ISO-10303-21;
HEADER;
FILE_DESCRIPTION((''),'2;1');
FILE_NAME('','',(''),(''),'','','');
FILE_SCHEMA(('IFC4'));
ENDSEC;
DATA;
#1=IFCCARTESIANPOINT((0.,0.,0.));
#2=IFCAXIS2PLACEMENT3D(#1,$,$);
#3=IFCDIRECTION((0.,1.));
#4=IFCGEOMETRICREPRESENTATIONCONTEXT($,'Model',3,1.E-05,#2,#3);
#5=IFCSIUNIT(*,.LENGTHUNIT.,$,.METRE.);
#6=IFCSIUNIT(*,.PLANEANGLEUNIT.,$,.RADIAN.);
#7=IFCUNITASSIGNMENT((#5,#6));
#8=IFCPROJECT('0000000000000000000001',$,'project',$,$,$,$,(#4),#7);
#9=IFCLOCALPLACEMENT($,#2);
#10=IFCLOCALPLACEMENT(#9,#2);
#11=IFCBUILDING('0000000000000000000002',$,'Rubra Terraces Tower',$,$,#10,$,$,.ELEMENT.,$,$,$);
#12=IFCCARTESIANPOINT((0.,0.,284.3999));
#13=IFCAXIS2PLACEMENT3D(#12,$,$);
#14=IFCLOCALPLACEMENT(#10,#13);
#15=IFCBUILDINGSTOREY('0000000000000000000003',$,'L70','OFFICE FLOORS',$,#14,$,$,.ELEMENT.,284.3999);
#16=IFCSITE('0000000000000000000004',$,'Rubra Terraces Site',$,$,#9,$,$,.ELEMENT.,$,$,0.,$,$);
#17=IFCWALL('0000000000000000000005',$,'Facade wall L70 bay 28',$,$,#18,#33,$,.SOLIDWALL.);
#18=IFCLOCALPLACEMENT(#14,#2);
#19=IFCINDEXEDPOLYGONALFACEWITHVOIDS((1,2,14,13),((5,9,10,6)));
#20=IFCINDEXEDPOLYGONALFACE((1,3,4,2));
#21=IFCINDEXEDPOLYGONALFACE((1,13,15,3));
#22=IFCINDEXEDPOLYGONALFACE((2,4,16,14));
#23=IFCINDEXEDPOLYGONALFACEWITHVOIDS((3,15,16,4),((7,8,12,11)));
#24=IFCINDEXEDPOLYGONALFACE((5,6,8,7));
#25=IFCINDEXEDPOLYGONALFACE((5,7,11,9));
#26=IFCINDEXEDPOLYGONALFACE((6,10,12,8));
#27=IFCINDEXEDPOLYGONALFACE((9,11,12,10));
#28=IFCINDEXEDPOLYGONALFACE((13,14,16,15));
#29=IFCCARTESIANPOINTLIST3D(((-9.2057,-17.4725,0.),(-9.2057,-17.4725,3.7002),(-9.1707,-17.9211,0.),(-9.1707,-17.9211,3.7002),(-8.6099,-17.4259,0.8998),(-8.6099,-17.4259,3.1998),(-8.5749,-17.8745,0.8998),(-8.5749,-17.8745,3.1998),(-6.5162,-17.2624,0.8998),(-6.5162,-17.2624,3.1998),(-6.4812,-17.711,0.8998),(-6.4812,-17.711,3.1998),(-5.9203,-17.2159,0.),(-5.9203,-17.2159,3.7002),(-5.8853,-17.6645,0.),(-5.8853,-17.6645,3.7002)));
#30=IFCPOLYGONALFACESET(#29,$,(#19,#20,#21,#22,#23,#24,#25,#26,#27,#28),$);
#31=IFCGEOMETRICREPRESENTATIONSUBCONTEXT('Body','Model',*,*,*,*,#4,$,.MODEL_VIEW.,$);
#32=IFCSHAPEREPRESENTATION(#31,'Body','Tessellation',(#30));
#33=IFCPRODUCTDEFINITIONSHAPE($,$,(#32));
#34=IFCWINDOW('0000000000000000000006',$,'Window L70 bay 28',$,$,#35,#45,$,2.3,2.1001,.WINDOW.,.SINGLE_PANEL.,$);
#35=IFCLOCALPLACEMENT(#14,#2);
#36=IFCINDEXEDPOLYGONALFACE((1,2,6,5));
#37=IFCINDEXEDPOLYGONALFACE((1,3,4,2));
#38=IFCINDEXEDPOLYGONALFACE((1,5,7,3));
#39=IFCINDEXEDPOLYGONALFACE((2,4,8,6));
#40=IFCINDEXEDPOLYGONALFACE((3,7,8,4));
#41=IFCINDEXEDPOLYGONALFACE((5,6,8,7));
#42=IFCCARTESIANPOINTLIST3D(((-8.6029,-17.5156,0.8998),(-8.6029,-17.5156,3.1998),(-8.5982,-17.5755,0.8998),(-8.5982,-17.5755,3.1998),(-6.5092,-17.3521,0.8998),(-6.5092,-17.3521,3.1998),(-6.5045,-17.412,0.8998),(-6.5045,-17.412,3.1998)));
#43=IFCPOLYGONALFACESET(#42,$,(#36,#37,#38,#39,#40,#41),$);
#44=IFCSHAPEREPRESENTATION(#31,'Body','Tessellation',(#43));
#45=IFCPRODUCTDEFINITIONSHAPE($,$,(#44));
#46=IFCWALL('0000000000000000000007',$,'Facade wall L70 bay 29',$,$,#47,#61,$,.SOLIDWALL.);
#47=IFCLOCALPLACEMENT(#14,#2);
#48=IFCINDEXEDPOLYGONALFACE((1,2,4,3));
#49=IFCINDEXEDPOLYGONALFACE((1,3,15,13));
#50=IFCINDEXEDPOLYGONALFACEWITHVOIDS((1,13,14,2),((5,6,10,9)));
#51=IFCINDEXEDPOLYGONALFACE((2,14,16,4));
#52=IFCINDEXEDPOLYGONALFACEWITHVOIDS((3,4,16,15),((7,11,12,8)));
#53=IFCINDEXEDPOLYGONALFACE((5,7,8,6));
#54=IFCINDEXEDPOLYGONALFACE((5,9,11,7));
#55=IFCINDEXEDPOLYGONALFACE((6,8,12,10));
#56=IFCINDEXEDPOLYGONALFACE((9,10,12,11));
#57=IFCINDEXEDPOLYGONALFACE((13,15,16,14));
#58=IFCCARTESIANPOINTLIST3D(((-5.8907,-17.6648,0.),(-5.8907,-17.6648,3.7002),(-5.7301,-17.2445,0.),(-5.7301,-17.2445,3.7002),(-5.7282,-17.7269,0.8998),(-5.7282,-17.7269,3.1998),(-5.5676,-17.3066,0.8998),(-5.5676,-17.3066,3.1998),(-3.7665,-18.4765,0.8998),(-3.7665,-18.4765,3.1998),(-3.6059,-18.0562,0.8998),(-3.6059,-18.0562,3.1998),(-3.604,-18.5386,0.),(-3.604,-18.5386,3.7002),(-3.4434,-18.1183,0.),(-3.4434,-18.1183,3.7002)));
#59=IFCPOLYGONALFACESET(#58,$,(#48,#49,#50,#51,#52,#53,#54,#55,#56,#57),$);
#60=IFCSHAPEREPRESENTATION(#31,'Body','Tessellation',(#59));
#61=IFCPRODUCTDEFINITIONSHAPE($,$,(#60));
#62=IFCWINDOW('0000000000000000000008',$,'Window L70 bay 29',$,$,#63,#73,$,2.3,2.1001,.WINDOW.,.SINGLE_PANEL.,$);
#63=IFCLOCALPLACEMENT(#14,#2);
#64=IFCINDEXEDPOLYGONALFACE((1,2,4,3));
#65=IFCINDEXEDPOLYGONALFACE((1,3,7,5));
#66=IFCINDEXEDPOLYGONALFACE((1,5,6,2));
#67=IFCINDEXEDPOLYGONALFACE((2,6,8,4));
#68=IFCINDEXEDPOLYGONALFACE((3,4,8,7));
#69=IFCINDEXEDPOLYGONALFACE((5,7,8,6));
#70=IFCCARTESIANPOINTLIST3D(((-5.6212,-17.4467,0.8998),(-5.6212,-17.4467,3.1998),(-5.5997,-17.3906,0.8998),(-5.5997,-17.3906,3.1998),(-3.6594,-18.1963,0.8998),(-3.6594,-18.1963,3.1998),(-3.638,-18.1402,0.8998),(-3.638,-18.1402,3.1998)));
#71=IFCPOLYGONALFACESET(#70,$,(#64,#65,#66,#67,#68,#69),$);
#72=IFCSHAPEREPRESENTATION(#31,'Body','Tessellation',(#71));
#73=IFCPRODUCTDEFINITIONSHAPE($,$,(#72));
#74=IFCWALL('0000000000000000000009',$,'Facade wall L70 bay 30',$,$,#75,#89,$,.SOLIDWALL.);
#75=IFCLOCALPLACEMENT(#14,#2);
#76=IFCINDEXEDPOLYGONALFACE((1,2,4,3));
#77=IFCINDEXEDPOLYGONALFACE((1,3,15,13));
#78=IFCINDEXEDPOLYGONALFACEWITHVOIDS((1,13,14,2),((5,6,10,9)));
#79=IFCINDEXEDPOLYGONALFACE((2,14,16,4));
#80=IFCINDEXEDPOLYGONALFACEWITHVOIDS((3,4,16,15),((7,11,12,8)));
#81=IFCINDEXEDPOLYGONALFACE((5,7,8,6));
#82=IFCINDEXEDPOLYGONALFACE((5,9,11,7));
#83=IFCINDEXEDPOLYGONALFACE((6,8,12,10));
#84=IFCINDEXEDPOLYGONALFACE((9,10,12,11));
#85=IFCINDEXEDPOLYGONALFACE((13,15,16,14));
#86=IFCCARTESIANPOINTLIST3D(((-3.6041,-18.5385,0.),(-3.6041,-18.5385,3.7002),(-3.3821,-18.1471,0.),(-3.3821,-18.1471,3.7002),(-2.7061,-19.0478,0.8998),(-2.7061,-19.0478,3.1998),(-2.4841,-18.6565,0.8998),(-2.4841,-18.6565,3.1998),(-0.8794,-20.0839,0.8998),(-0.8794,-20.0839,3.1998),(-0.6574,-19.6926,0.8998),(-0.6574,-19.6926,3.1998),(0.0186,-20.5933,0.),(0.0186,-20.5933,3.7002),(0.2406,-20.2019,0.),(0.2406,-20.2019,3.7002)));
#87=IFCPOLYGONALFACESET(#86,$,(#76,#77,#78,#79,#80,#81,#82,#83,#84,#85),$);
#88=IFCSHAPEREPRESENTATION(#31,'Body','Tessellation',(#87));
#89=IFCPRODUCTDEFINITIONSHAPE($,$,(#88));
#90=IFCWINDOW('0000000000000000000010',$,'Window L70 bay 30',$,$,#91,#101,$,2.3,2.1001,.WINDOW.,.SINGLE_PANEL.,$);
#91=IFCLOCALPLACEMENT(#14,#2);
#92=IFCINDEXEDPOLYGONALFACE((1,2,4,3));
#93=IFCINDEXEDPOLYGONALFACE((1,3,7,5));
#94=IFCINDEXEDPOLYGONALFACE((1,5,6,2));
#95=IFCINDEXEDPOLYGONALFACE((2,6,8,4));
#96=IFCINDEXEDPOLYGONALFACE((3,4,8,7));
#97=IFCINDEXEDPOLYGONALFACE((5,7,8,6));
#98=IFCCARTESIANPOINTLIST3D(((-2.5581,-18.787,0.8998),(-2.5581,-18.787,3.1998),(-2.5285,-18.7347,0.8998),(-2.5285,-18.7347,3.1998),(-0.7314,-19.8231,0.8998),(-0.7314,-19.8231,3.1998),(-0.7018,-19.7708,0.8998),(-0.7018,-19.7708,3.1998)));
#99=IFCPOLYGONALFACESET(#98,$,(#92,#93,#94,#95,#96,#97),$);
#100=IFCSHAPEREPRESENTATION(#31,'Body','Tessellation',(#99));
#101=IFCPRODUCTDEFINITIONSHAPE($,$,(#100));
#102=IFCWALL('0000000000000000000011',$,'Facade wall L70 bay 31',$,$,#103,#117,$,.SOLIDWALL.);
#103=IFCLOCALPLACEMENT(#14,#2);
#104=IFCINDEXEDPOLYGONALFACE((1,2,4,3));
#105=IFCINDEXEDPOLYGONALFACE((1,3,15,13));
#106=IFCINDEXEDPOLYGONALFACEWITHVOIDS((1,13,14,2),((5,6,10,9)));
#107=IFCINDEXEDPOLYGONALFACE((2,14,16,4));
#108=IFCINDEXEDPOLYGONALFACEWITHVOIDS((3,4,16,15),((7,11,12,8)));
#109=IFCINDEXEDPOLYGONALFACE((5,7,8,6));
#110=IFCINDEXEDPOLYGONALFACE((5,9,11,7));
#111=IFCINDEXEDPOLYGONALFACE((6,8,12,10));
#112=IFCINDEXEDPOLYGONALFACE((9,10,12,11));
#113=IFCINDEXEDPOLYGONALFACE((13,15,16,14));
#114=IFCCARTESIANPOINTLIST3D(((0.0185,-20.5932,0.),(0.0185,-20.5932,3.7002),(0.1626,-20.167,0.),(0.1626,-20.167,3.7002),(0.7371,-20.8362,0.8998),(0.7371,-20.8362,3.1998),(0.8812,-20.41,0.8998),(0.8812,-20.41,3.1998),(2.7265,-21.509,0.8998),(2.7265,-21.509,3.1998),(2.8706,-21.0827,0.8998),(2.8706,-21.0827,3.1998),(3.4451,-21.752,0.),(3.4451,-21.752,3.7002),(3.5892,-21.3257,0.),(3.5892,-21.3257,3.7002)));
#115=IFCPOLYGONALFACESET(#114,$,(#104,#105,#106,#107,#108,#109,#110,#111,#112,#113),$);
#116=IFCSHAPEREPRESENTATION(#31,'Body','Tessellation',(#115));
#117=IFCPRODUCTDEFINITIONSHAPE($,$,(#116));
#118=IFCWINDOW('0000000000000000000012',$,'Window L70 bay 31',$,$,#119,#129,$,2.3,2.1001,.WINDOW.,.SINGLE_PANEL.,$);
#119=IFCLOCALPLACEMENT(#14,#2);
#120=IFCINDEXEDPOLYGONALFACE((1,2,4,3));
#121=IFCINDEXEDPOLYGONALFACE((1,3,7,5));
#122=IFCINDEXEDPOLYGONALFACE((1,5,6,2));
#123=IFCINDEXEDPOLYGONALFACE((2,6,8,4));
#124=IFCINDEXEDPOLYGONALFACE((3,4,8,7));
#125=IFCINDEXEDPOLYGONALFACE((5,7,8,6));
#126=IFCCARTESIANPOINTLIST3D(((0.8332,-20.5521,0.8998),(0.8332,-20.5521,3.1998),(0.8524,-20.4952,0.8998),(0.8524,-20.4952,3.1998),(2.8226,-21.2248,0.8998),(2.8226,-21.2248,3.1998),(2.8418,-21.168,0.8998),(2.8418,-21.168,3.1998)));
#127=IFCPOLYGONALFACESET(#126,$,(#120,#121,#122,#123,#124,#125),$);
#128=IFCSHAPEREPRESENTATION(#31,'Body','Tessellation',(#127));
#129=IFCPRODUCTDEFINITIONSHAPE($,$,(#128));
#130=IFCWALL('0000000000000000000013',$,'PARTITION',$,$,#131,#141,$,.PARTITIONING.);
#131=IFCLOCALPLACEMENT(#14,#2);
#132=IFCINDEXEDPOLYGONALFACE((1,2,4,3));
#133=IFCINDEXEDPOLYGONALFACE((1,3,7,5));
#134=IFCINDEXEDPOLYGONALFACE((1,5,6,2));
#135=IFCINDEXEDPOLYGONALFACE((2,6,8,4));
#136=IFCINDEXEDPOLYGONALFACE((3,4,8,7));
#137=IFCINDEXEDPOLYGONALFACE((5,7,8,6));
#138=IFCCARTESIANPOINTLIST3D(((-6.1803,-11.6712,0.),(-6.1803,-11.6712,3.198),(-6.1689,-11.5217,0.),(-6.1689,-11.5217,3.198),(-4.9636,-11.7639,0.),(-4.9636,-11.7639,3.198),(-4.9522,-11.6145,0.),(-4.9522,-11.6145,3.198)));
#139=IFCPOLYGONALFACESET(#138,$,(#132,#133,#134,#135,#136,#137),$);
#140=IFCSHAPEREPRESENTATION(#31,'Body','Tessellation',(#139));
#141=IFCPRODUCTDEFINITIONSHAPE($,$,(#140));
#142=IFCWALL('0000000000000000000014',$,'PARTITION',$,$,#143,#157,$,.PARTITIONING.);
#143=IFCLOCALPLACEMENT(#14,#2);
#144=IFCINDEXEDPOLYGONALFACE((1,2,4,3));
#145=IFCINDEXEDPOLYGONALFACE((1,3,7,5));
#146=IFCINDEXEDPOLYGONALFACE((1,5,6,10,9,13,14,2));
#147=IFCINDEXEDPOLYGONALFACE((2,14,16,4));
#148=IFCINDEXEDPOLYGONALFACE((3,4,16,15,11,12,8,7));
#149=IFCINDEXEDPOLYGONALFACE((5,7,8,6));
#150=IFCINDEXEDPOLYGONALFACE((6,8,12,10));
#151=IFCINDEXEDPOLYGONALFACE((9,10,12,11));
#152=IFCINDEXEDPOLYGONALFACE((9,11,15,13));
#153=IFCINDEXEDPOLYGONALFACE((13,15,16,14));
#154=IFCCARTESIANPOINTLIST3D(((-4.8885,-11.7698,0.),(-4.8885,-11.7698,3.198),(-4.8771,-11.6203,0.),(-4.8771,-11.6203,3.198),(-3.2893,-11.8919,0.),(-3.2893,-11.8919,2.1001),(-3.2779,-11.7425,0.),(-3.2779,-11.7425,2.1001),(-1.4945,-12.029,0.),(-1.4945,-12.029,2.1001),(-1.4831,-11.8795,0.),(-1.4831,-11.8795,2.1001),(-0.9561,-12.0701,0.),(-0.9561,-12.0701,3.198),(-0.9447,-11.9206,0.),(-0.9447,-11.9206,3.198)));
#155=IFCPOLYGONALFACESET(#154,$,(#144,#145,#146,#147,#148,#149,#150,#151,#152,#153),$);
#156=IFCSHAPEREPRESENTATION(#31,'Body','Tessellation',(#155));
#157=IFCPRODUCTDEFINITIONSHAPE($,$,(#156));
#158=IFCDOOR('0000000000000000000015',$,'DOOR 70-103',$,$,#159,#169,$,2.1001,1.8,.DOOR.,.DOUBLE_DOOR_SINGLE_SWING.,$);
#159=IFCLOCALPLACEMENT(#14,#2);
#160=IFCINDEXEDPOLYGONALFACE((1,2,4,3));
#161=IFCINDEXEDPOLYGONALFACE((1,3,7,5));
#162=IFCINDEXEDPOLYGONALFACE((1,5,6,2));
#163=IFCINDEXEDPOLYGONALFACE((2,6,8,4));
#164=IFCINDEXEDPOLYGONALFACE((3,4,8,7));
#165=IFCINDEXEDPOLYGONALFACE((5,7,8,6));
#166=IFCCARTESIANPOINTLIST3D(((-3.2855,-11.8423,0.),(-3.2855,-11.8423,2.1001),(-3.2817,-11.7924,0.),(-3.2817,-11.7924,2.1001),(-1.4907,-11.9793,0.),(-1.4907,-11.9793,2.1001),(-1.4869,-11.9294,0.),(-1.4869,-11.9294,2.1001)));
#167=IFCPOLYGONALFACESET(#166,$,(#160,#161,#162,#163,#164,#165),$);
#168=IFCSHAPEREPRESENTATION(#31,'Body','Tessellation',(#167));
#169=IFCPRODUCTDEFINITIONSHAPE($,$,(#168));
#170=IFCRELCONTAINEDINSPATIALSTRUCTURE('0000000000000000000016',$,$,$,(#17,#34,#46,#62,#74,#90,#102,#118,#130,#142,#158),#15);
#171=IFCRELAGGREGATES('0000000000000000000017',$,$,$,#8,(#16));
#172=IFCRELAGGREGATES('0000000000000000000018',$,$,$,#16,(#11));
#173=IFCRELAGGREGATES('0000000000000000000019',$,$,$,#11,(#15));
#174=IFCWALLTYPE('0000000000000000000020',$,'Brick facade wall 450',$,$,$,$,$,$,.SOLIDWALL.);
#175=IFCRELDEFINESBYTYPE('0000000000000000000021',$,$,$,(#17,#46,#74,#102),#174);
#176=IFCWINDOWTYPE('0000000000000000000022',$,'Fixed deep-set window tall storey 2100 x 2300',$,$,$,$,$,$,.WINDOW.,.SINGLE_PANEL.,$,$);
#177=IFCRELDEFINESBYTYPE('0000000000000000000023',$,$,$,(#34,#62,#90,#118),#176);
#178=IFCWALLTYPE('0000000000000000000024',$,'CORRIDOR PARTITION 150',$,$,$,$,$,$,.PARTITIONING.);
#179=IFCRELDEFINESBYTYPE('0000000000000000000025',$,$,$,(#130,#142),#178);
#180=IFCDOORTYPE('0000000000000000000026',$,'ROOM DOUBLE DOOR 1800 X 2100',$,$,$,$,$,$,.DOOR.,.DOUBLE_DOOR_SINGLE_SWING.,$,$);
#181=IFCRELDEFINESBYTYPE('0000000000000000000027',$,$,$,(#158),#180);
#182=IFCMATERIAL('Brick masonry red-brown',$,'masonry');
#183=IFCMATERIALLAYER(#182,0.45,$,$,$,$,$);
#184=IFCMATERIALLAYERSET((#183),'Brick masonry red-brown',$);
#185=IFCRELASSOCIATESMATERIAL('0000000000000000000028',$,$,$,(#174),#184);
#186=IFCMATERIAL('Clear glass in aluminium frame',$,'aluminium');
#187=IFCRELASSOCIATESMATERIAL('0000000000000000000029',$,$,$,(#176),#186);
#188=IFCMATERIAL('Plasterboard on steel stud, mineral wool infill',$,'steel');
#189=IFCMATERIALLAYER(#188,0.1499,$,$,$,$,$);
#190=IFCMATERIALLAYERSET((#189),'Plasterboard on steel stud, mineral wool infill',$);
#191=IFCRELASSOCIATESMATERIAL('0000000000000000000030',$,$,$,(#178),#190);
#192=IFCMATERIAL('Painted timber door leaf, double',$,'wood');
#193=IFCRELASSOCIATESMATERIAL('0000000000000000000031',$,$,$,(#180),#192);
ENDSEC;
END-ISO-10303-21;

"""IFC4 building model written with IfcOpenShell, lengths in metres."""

from ifc_helpers import new_model, si_unit, direction, frame, frame_2d, origin, place, context, subcontext, project, spatial, rectangle, extrude, material, layer, layer_set, type_object, element, fill, save


model = new_model("IFC4")

# Units and contexts
model_context = context("Model", 3, precision=1e-05, world=origin(), true_north=direction((0.0, 1.0)))
body_context = subcontext(model_context, "Body", "Model", "MODEL_VIEW")
ifc_project = project(units=[si_unit("LENGTHUNIT", "METRE"), si_unit("PLANEANGLEUNIT", "RADIAN")], contexts=[model_context])

# Site, building, storey
site_placement = place(None, origin())
site = spatial("IfcSite", under=ifc_project, at=site_placement, Name="Rubra Terraces Site", CompositionType="ELEMENT", RefElevation=0.0)
building_placement = place(site_placement, origin())
building = spatial("IfcBuilding", under=site, at=building_placement, Name="Rubra Terraces Tower", CompositionType="ELEMENT")
storey_placement = place(building_placement, frame((0.0, 0.0, 284.3999)))
storey = spatial("IfcBuildingStorey", under=building, at=storey_placement, Name="L70", Description="OFFICE FLOORS", CompositionType="ELEMENT", Elevation=284.3999)

# Walls, openings, windows
ifc_material_1 = material(Name="Brick masonry red-brown", Category="masonry")
ifc_layer_1 = layer(ifc_material_1, 0.45)
ifc_layer_set_1 = layer_set([ifc_layer_1], Name="Brick masonry red-brown")
wall_type_1 = type_object("IfcWallType", Name="Brick facade wall 450", PredefinedType="SOLIDWALL", material=ifc_layer_set_1)
wall_1_placement = place(storey_placement, frame((-9.1882, -17.6968, 0.0), z_axis=(0.0, 0.0, 1.0), x_axis=(0.996964, 0.077864, 0.0)))
wall_1 = element("IfcWall", 1, at=wall_1_placement, inside=storey, type_object=wall_type_1, Name="Facade wall L70 bay 28", PredefinedType="SOLIDWALL", context=body_context, shape_type="SweptSolid", body=[
    extrude(rectangle(XDim=3.2954, YDim=0.45, at=frame_2d((1.6477, 0.0))), origin(), (0.0, 0.0, 1.0), 3.7002),
])
opening_1_placement = place(wall_1_placement, frame((0.5977, 0.0, 0.8999)))
opening_1 = element("IfcOpeningElement", 2, at=opening_1_placement, cuts=wall_1, PredefinedType="OPENING", context=body_context, shape_type="SweptSolid", body=[
    extrude(rectangle(XDim=2.1001, YDim=2.3, at=frame_2d((1.05, 1.1499))), frame((0.0, 0.2349, 0.0), z_axis=(0.0, -1.0, 0.0), x_axis=(1.0, 0.0, 0.0)), (0.0, 0.0, 1.0), 0.47),
])
ifc_material_2 = material(Name="Clear glass in aluminium frame", Category="aluminium")
window_type = type_object("IfcWindowType", Name="Fixed deep-set window tall storey 2100 x 2300", PartitioningType="SINGLE_PANEL", PredefinedType="WINDOW", material=ifc_material_2)
window_1_placement = place(opening_1_placement, origin())
window_1 = element("IfcWindow", 3, at=window_1_placement, inside=storey, type_object=window_type, Name="Window L70 bay 28", OverallHeight=2.3, OverallWidth=2.1001, PartitioningType="SINGLE_PANEL", PredefinedType="WINDOW", context=body_context, shape_type="SweptSolid", body=[
    extrude(rectangle(XDim=2.1001, YDim=2.3, at=frame_2d((1.05, 1.1499))), frame((0.0, 0.135, 0.0), z_axis=(0.0, -1.0, 0.0), x_axis=(1.0, 0.0, 0.0)), (0.0, 0.0, 1.0), 0.0601),
])
fill(opening_1, window_1)
wall_2_placement = place(storey_placement, frame((-5.8105, -17.4546, 0.0), z_axis=(0.0, 0.0, 1.0), x_axis=(0.934122, -0.356953, 0.0)))
wall_2 = element("IfcWall", 4, at=wall_2_placement, inside=storey, type_object=wall_type_1, Name="Facade wall L70 bay 29", PredefinedType="SOLIDWALL", context=body_context, shape_type="SweptSolid", body=[
    extrude(rectangle(XDim=2.448, YDim=0.45, at=frame_2d((1.2241, 0.0))), origin(), (0.0, 0.0, 1.0), 3.7002),
])
opening_2_placement = place(wall_2_placement, frame((0.1741, 0.0, 0.8999)))
opening_2 = element("IfcOpeningElement", 5, at=opening_2_placement, cuts=wall_2, PredefinedType="OPENING", context=body_context, shape_type="SweptSolid", body=[
    extrude(rectangle(XDim=2.1001, YDim=2.3, at=frame_2d((1.05, 1.1499))), frame((0.0, 0.2349, 0.0), z_axis=(0.0, -1.0, 0.0), x_axis=(1.0, 0.0, 0.0)), (0.0, 0.0, 1.0), 0.47),
])
window_2_placement = place(opening_2_placement, origin())
window_2 = element("IfcWindow", 6, at=window_2_placement, inside=storey, type_object=window_type, Name="Window L70 bay 29", OverallHeight=2.3, OverallWidth=2.1001, PartitioningType="SINGLE_PANEL", PredefinedType="WINDOW", context=body_context, shape_type="SweptSolid", body=[
    extrude(rectangle(XDim=2.1001, YDim=2.3, at=frame_2d((1.05, 1.1499))), frame((0.0, 0.135, 0.0), z_axis=(0.0, -1.0, 0.0), x_axis=(1.0, 0.0, 0.0)), (0.0, 0.0, 1.0), 0.0601),
])
fill(opening_2, window_2)
wall_3_placement = place(storey_placement, frame((-3.4932, -18.3428, 0.0), z_axis=(0.0, 0.0, 1.0), x_axis=(0.869826, -0.493359, 0.0)))
wall_3 = element("IfcWall", 7, at=wall_3_placement, inside=storey, type_object=wall_type_1, Name="Facade wall L70 bay 30", PredefinedType="SOLIDWALL", context=body_context, shape_type="SweptSolid", body=[
    extrude(rectangle(XDim=4.1648, YDim=0.45, at=frame_2d((2.0825, 0.0))), origin(), (0.0, 0.0, 1.0), 3.7002),
])
opening_3_placement = place(wall_3_placement, frame((1.0325, 0.0, 0.8999)))
opening_3 = element("IfcOpeningElement", 8, at=opening_3_placement, cuts=wall_3, PredefinedType="OPENING", context=body_context, shape_type="SweptSolid", body=[
    extrude(rectangle(XDim=2.1001, YDim=2.3, at=frame_2d((1.05, 1.1499))), frame((0.0, 0.2349, 0.0), z_axis=(0.0, -1.0, 0.0), x_axis=(1.0, 0.0, 0.0)), (0.0, 0.0, 1.0), 0.47),
])
window_3_placement = place(opening_3_placement, origin())
window_3 = element("IfcWindow", 9, at=window_3_placement, inside=storey, type_object=window_type, Name="Window L70 bay 30", OverallHeight=2.3, OverallWidth=2.1001, PartitioningType="SINGLE_PANEL", PredefinedType="WINDOW", context=body_context, shape_type="SweptSolid", body=[
    extrude(rectangle(XDim=2.1001, YDim=2.3, at=frame_2d((1.05, 1.1499))), frame((0.0, 0.135, 0.0), z_axis=(0.0, -1.0, 0.0), x_axis=(1.0, 0.0, 0.0)), (0.0, 0.0, 1.0), 0.0601),
])
fill(opening_3, window_3)
wall_4_placement = place(storey_placement, frame((0.0906, -20.3801, 0.0), z_axis=(0.0, 0.0, 1.0), x_axis=(0.947304, -0.320335, 0.0)))
wall_4 = element("IfcWall", 10, at=wall_4_placement, inside=storey, type_object=wall_type_1, Name="Facade wall L70 bay 31", PredefinedType="SOLIDWALL", context=body_context, shape_type="SweptSolid", body=[
    extrude(rectangle(XDim=3.6172, YDim=0.45, at=frame_2d((1.8086, 0.0))), origin(), (0.0, 0.0, 1.0), 3.7002),
])
opening_4_placement = place(wall_4_placement, frame((0.7585, 0.0, 0.8999)))
opening_4 = element("IfcOpeningElement", 11, at=opening_4_placement, cuts=wall_4, PredefinedType="OPENING", context=body_context, shape_type="SweptSolid", body=[
    extrude(rectangle(XDim=2.1001, YDim=2.3, at=frame_2d((1.05, 1.1499))), frame((0.0, 0.2349, 0.0), z_axis=(0.0, -1.0, 0.0), x_axis=(1.0, 0.0, 0.0)), (0.0, 0.0, 1.0), 0.47),
])
window_4_placement = place(opening_4_placement, origin())
window_4 = element("IfcWindow", 12, at=window_4_placement, inside=storey, type_object=window_type, Name="Window L70 bay 31", OverallHeight=2.3, OverallWidth=2.1001, PartitioningType="SINGLE_PANEL", PredefinedType="WINDOW", context=body_context, shape_type="SweptSolid", body=[
    extrude(rectangle(XDim=2.1001, YDim=2.3, at=frame_2d((1.05, 1.1499))), frame((0.0, 0.135, 0.0), z_axis=(0.0, -1.0, 0.0), x_axis=(1.0, 0.0, 0.0)), (0.0, 0.0, 1.0), 0.0601),
])
fill(opening_4, window_4)

# Wall
ifc_material_3 = material(Name="Plasterboard on steel stud, mineral wool infill", Category="steel")
ifc_layer_2 = layer(ifc_material_3, 0.1499)
ifc_layer_set_2 = layer_set([ifc_layer_2], Name="Plasterboard on steel stud, mineral wool infill")
wall_type_2 = type_object("IfcWallType", Name="CORRIDOR PARTITION 150", PredefinedType="PARTITIONING", material=ifc_layer_set_2)
wall_5_placement = place(storey_placement, frame((-6.1746, -11.5964, 0.0), z_axis=(0.0, 0.0, 1.0), x_axis=(0.997106, -0.076023, 0.0)))
element("IfcWall", 13, at=wall_5_placement, inside=storey, type_object=wall_type_2, Name="PARTITION", PredefinedType="PARTITIONING", context=body_context, shape_type="SweptSolid", body=[
    extrude(rectangle(XDim=1.2202, YDim=0.1499, at=frame_2d((0.6101, 0.0))), origin(), (0.0, 0.0, 1.0), 3.198),
])

# Wall, opening, door
wall_6_placement = place(storey_placement, frame((-4.8828, -11.6951, 0.0), z_axis=(0.0, 0.0, 1.0), x_axis=(0.997097, -0.076143, 0.0)))
wall_6 = element("IfcWall", 14, at=wall_6_placement, inside=storey, type_object=wall_type_2, Name="PARTITION", PredefinedType="PARTITIONING", context=body_context, shape_type="SweptSolid", body=[
    extrude(rectangle(XDim=3.9438, YDim=0.1499, at=frame_2d((1.9719, 0.0))), origin(), (0.0, 0.0, 1.0), 3.198),
])
opening_5_placement = place(wall_6_placement, frame((1.604, 0.0, 0.0)))
opening_5 = element("IfcOpeningElement", 15, at=opening_5_placement, cuts=wall_6, PredefinedType="OPENING", context=body_context, shape_type="SweptSolid", body=[
    extrude(rectangle(XDim=1.8, YDim=2.1001, at=frame_2d((0.8999, 1.05))), frame((0.0, 0.085, 0.0), z_axis=(0.0, -1.0, 0.0), x_axis=(1.0, 0.0, 0.0)), (0.0, 0.0, 1.0), 0.1699),
])
ifc_material_4 = material(Name="Painted timber door leaf, double", Category="wood")
door_type_1 = type_object("IfcDoorType", Name="ROOM DOUBLE DOOR 1800 X 2100", OperationType="DOUBLE_DOOR_SINGLE_SWING", PredefinedType="DOOR", material=ifc_material_4)
door_1_placement = place(opening_5_placement, origin())
door_1 = element("IfcDoor", 16, at=door_1_placement, inside=storey, type_object=door_type_1, Name="DOOR 70-103", OperationType="DOUBLE_DOOR_SINGLE_SWING", OverallHeight=2.1001, OverallWidth=1.8, PredefinedType="DOOR", context=body_context, shape_type="SweptSolid", body=[
    extrude(rectangle(XDim=1.8, YDim=2.1001, at=frame_2d((0.8999, 1.05))), frame((0.0, 0.0249, 0.0), z_axis=(0.0, -1.0, 0.0), x_axis=(1.0, 0.0, 0.0)), (0.0, 0.0, 1.0), 0.05),
])
fill(opening_5, door_1)

save(model, "model.ifc")
